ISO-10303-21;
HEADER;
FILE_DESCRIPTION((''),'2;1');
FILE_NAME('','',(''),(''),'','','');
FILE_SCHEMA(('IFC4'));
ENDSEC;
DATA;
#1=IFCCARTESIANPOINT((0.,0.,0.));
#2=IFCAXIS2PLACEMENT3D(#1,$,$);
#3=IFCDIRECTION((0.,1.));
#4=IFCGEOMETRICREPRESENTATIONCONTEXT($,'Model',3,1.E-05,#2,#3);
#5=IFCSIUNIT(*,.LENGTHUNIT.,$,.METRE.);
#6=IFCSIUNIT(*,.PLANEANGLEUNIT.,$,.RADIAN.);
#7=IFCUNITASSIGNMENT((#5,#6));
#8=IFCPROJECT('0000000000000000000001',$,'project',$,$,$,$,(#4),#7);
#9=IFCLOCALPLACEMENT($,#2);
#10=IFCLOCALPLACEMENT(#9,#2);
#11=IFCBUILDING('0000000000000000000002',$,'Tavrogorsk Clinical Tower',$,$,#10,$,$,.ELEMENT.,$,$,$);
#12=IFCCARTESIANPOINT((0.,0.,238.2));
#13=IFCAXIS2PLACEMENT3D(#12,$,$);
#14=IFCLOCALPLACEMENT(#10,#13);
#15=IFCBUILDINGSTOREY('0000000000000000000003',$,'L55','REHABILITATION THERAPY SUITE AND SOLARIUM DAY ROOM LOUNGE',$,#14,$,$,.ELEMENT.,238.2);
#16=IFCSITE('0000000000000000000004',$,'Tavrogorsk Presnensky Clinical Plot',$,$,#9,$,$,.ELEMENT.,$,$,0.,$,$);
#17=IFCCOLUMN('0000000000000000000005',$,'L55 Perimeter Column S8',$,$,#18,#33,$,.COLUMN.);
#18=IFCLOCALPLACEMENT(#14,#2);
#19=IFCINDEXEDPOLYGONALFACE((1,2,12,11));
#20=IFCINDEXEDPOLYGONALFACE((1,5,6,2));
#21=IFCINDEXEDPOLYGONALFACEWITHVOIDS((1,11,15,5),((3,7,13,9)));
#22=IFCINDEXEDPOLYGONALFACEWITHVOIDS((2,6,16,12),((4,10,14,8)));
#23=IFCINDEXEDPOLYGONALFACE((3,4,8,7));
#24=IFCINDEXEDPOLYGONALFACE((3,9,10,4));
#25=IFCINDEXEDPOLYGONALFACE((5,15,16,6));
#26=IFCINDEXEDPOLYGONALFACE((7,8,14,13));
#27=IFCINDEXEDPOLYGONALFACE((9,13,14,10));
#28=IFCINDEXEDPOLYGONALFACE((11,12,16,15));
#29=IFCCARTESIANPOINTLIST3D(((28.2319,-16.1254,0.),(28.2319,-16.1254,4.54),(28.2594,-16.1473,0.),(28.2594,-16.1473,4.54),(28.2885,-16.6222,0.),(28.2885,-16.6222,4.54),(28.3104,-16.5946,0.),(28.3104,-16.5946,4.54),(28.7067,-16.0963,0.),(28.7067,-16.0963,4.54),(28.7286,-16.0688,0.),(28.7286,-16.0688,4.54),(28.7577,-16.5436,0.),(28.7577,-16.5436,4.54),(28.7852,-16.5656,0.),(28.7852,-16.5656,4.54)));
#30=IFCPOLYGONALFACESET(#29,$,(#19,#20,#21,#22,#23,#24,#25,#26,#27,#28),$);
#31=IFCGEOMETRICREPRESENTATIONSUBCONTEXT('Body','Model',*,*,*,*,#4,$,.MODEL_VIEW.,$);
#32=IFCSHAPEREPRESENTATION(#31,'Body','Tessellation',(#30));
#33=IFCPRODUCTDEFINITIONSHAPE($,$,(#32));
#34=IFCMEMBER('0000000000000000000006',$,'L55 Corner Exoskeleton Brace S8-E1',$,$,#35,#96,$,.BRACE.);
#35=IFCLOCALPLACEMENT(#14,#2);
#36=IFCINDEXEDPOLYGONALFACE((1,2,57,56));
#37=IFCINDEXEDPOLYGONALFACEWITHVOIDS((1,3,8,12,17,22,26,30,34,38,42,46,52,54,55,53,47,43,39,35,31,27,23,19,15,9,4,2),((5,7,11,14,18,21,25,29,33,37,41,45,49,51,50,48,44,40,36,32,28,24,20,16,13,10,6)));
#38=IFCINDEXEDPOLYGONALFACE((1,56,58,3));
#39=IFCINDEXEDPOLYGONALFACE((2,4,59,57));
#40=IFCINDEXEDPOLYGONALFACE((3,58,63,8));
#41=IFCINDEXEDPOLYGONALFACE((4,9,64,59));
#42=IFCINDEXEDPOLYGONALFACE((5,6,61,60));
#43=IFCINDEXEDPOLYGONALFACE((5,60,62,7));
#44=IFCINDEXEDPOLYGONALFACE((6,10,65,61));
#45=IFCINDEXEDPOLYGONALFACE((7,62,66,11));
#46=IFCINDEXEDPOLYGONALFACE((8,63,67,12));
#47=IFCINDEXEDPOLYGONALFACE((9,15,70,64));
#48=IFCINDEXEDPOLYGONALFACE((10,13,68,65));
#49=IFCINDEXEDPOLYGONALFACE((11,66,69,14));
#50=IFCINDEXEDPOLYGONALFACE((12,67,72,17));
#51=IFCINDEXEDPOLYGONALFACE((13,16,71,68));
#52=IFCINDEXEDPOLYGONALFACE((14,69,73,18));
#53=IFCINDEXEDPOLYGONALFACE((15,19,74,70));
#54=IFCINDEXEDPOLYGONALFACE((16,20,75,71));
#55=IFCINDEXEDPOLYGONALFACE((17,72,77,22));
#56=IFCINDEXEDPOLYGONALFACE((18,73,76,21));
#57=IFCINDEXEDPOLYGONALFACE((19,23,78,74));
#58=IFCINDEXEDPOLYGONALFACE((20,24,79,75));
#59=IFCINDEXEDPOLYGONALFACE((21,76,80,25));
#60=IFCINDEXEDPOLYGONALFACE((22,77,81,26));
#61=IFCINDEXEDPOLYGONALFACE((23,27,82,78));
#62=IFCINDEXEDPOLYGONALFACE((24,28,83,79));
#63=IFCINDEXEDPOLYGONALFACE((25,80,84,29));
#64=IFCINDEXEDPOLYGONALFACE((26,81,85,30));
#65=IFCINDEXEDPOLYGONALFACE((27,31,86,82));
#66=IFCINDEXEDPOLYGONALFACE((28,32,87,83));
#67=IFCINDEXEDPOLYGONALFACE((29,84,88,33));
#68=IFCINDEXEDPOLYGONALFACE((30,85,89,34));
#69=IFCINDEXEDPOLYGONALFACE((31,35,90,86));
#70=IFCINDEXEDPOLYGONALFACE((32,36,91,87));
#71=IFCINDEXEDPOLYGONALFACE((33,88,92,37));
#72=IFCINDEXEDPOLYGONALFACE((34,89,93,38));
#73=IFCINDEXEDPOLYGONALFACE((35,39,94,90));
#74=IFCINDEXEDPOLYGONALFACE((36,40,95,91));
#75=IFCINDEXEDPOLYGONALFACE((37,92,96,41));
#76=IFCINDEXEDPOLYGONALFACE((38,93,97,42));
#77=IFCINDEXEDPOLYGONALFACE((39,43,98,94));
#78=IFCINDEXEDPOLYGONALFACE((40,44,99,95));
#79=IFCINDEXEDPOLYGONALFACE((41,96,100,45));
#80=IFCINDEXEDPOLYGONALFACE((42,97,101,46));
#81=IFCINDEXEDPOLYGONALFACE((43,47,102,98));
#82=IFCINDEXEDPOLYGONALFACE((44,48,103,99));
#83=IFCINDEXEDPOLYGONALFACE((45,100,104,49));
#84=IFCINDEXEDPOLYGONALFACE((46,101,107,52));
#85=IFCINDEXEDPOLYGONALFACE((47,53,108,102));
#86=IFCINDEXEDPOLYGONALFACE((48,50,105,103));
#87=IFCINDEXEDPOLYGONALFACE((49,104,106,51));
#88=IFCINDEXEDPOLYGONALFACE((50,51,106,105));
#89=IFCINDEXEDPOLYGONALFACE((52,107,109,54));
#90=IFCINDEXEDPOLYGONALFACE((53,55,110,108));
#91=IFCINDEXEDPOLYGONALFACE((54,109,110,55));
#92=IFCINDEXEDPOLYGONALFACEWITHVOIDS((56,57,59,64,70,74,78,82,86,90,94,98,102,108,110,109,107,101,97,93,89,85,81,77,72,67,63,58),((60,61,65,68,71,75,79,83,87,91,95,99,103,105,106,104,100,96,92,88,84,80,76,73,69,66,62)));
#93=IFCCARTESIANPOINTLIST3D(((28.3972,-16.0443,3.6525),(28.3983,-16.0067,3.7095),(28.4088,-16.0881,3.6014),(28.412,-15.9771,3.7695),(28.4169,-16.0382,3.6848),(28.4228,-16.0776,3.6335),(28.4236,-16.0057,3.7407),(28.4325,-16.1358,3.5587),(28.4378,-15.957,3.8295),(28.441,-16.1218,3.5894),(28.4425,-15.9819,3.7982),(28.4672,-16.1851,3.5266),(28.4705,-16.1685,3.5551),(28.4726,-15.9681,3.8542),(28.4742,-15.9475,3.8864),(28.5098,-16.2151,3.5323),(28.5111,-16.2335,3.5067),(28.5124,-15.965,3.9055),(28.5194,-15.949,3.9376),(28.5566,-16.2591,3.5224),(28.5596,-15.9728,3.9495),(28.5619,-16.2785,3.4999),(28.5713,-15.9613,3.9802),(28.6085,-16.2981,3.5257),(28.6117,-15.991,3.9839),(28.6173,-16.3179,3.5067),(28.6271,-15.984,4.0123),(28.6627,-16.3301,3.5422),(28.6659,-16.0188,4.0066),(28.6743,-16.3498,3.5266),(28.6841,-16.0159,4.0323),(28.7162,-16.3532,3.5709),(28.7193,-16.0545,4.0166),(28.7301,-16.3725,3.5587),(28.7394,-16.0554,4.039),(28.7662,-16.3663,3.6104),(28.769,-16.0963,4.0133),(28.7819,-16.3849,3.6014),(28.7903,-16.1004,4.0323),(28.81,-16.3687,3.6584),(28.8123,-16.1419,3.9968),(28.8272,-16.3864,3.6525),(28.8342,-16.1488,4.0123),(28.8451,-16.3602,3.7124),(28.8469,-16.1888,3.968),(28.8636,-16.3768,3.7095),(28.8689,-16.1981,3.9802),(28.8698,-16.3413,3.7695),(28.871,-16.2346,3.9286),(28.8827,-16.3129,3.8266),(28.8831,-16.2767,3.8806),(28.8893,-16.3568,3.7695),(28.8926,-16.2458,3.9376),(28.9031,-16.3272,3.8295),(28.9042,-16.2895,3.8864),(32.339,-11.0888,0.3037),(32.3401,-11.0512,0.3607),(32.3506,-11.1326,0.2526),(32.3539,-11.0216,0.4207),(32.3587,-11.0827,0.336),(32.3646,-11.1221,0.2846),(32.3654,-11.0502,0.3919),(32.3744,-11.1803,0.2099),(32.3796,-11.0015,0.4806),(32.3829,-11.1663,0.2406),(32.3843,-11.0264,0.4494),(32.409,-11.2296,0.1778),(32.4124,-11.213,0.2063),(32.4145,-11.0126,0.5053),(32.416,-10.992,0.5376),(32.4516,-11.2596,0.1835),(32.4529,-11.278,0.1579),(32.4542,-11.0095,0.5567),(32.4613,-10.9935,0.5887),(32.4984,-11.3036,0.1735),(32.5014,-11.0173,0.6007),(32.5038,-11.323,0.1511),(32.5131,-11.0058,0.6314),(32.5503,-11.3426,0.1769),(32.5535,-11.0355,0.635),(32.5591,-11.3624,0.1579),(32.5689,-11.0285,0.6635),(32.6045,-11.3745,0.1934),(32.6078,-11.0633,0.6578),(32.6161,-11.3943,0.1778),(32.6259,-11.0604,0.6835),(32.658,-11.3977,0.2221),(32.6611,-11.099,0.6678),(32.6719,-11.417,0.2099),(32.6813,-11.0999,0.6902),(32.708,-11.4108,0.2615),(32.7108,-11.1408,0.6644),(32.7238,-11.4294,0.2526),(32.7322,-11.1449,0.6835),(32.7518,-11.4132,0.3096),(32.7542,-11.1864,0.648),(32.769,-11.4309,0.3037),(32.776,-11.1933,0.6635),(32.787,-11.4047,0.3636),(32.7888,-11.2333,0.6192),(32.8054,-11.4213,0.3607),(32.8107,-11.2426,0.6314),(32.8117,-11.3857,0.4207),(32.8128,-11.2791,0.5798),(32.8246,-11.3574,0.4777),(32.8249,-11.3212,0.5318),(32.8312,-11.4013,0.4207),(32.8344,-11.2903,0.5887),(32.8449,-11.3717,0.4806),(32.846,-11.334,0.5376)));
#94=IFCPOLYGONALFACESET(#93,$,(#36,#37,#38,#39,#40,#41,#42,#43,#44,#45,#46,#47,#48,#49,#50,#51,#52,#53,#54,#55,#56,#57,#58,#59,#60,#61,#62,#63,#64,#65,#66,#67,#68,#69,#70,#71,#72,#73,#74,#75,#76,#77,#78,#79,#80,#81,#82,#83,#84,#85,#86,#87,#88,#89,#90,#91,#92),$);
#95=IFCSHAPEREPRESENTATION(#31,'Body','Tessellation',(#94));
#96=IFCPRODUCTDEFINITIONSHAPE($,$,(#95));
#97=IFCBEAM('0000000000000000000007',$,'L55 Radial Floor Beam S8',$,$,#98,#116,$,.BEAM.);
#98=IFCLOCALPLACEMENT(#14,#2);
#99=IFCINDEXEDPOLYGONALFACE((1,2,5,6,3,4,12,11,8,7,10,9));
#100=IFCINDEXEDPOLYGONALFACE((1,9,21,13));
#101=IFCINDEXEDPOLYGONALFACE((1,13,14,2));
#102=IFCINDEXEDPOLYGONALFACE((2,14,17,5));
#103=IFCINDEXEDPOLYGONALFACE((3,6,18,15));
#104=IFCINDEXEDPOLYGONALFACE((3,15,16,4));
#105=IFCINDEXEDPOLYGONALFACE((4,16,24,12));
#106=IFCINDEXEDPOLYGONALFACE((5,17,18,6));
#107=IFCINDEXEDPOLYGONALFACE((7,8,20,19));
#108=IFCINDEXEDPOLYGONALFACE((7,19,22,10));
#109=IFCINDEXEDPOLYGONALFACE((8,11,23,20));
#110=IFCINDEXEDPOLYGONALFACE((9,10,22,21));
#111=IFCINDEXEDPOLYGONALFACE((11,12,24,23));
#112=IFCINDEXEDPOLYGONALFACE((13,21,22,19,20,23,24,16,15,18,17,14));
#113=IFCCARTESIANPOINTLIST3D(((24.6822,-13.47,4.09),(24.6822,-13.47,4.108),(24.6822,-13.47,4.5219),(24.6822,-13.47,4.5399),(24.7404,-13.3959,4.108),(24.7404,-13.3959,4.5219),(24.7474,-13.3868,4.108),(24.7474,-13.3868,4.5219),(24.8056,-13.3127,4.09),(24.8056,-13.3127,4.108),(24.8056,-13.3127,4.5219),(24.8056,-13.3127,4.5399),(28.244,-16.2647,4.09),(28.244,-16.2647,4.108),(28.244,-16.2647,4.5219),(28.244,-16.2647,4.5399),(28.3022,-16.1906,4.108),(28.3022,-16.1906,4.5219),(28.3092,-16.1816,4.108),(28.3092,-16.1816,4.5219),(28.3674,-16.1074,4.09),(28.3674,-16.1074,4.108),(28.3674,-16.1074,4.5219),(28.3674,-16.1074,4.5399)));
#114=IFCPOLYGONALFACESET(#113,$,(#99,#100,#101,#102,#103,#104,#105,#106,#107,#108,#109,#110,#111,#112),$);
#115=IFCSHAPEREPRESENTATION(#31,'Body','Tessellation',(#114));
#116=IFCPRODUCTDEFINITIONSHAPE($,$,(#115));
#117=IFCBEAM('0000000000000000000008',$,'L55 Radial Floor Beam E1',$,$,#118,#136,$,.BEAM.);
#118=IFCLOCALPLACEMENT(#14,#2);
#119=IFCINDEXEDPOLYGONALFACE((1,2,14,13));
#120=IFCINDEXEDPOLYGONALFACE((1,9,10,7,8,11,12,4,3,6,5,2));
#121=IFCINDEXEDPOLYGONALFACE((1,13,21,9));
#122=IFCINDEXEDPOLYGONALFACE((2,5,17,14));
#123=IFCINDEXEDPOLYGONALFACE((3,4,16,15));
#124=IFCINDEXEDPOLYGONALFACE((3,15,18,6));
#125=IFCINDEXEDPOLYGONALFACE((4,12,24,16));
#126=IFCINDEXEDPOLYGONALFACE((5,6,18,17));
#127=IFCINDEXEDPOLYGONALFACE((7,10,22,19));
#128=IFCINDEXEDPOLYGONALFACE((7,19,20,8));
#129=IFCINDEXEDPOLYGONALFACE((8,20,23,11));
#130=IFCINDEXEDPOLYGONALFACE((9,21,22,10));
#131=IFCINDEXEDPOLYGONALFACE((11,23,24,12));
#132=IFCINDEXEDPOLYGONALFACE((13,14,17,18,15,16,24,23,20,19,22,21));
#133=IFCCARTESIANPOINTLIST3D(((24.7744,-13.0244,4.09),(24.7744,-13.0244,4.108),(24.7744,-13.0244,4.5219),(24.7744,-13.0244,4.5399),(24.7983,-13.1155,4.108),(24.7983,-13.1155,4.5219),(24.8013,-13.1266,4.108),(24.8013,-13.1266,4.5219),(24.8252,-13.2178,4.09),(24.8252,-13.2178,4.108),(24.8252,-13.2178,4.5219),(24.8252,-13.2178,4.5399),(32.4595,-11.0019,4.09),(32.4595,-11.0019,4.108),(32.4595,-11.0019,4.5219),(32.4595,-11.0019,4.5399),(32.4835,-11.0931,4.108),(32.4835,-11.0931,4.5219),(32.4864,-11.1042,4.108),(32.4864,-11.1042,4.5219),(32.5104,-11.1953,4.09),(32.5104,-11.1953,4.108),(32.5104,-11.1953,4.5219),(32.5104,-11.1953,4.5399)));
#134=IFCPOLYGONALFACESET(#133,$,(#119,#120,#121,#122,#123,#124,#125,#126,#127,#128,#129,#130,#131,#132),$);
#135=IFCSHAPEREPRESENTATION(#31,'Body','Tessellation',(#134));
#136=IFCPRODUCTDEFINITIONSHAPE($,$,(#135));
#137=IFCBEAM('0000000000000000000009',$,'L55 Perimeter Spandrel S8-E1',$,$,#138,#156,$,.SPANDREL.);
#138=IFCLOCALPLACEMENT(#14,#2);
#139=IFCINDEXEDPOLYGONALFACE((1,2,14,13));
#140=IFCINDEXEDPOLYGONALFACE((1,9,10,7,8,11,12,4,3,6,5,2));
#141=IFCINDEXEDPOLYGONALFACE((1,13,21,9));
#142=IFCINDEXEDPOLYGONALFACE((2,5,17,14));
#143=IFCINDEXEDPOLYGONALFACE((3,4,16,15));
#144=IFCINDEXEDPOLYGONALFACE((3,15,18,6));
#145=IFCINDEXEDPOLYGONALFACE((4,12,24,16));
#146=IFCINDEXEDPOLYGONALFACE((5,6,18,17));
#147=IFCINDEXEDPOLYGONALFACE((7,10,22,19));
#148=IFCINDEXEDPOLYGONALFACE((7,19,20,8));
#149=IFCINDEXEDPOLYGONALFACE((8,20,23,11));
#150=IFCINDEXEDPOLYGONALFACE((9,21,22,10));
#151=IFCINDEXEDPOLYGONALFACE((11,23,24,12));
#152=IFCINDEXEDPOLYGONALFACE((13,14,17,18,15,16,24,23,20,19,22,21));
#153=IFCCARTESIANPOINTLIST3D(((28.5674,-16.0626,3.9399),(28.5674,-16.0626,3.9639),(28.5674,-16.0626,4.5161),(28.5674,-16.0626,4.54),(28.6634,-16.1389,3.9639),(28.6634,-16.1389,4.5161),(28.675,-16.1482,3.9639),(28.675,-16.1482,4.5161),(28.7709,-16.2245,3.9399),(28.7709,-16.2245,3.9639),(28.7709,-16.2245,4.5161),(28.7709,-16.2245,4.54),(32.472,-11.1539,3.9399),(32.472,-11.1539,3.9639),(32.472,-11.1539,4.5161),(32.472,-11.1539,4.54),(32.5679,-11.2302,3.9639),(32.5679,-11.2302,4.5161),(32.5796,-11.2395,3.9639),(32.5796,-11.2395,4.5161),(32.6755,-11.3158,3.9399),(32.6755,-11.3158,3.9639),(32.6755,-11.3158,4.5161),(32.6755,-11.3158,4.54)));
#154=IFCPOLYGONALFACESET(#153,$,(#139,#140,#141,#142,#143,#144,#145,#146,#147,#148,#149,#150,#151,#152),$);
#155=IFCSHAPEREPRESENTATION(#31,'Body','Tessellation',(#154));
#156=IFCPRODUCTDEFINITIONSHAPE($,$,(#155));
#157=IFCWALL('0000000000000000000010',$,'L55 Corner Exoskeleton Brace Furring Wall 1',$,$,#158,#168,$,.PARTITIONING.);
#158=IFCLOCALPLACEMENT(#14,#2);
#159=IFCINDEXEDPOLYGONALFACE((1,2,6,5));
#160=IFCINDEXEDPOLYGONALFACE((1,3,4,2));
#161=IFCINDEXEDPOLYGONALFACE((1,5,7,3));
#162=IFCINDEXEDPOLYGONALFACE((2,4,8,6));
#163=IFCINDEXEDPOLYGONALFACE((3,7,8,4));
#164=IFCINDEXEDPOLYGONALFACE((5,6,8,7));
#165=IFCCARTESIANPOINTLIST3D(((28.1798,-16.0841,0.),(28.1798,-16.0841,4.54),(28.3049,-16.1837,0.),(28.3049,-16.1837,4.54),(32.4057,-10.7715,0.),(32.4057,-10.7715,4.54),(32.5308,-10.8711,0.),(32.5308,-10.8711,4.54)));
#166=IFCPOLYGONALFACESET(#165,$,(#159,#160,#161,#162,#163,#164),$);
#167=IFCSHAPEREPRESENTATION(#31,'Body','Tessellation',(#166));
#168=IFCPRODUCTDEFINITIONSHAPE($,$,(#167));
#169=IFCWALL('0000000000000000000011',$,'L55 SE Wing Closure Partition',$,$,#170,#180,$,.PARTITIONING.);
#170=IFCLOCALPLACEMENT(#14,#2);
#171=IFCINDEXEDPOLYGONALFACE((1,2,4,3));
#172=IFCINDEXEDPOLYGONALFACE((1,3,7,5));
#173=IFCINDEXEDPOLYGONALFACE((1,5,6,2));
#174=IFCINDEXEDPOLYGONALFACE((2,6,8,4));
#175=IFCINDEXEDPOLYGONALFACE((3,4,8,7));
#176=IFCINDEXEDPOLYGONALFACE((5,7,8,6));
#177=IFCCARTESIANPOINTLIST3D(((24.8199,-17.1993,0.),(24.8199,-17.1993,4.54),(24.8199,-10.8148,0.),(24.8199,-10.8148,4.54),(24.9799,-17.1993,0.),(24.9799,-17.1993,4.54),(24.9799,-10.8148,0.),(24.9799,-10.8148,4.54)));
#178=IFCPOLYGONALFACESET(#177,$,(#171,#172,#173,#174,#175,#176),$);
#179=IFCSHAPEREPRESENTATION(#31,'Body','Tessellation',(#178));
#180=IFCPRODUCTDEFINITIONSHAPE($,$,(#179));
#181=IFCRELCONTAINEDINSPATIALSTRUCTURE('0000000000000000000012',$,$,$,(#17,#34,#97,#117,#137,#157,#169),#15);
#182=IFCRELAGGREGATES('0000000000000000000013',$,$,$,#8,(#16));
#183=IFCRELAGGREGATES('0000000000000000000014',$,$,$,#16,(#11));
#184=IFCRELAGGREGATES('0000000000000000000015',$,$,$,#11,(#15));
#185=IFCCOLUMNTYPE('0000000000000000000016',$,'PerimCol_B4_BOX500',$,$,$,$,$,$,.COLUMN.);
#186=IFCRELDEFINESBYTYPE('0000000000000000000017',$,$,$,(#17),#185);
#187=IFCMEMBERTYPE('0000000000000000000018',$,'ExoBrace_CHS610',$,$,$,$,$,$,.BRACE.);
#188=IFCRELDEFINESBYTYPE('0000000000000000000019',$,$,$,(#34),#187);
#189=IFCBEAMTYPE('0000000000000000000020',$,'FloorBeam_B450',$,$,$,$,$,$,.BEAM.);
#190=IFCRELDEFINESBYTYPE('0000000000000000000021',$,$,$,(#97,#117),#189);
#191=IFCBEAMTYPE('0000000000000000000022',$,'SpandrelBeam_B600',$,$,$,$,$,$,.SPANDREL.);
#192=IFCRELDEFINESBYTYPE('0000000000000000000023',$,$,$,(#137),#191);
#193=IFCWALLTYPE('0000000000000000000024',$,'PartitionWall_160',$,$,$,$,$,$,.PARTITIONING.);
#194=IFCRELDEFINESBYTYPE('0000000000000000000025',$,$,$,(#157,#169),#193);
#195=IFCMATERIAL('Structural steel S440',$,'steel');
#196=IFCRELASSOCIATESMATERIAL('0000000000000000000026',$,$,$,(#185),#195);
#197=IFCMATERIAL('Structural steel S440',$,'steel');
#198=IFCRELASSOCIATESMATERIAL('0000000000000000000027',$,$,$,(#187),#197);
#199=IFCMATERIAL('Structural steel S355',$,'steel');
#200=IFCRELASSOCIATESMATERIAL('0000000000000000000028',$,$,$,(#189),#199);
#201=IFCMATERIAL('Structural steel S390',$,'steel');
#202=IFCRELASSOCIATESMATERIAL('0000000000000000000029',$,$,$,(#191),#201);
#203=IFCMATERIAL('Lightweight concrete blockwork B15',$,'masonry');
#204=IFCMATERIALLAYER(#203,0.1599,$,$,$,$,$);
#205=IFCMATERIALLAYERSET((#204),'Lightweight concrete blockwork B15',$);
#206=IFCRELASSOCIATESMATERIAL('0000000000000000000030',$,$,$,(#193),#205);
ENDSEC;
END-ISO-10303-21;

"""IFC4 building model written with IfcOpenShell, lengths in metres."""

from ifc_helpers import new_model, si_unit, direction, frame, frame_2d, origin, origin_2d, place, context, subcontext, project, spatial, rectangle, hollow_rectangle, hollow_circle, i_section, extrude, material, layer, layer_set, material_profile, profile_set, type_object, element, save


model = new_model("IFC4")

# Units and contexts
model_context = context("Model", 3, precision=1e-05, world=origin(), true_north=direction((0.0, 1.0)))
body_context = subcontext(model_context, "Body", "Model", "MODEL_VIEW")
ifc_project = project(units=[si_unit("LENGTHUNIT", "METRE"), si_unit("PLANEANGLEUNIT", "RADIAN")], contexts=[model_context])

# Site, building, storey
site_placement = place(None, origin())
site = spatial("IfcSite", under=ifc_project, at=site_placement, Name="Tavrogorsk Presnensky Clinical Plot", CompositionType="ELEMENT", RefElevation=0.0)
building_placement = place(site_placement, origin())
building = spatial("IfcBuilding", under=site, at=building_placement, Name="Tavrogorsk Clinical Tower", CompositionType="ELEMENT")
storey_placement = place(building_placement, frame((0.0, 0.0, 238.2)))
storey = spatial("IfcBuildingStorey", under=building, at=storey_placement, Name="L55", Description="REHABILITATION THERAPY SUITE AND SOLARIUM DAY ROOM LOUNGE", CompositionType="ELEMENT", Elevation=238.2)

# Column
ifc_material_1 = material(Name="Structural steel S440", Category="steel")
ifc_material_profile_1 = material_profile(ifc_material_1, hollow_rectangle(XDim=0.5, YDim=0.5, WallThickness=0.0249, at=origin_2d()), Name="BOX-500x500x25")
ifc_profile_set_1 = profile_set([ifc_material_profile_1], Name="Structural steel S440")
column_type = type_object("IfcColumnType", Name="PerimCol_B4_BOX500", PredefinedType="COLUMN", material=ifc_profile_set_1)
column_placement = place(storey_placement, frame((28.5085, -16.3455, 0.0), z_axis=(0.0, 0.0, 1.0), x_axis=(0.993572, 0.113203, 0.0)))
element("IfcColumn", 1, at=column_placement, inside=storey, type_object=column_type, Name="L55 Perimeter Column S8", PredefinedType="COLUMN", context=body_context, shape_type="SweptSolid", body=[
    extrude(hollow_rectangle(XDim=0.5, YDim=0.5, WallThickness=0.0249, at=origin_2d()), origin(), (0.0, 0.0, 1.0), 4.54),
])

# Member
ifc_material_2 = material(Name="Structural steel S440", Category="steel")
ifc_material_profile_2 = material_profile(ifc_material_2, hollow_circle(Radius=0.3049, WallThickness=0.0249, at=origin_2d()), Name="CHS-610x25")
ifc_profile_set_2 = profile_set([ifc_material_profile_2], Name="Structural steel S440")
member_type = type_object("IfcMemberType", Name="ExoBrace_CHS610", PredefinedType="BRACE", material=ifc_profile_set_2)
member_placement = place(storey_placement, frame((32.5925, -11.2114, 0.4207), z_axis=(-0.5503, -0.691811, 0.467513), x_axis=(0.782604, -0.62252, 0.0)))
element("IfcMember", 2, at=member_placement, inside=storey, type_object=member_type, Name="L55 Corner Exoskeleton Brace S8-E1", PredefinedType="BRACE", context=body_context, shape_type="SweptSolid", body=[
    extrude(hollow_circle(Radius=0.3049, WallThickness=0.0249, at=origin_2d()), origin(), (0.0, 0.0, 1.0), 7.1631),
])

# Beams
ifc_material_3 = material(Name="Structural steel S355", Category="steel")
ifc_material_profile_3 = material_profile(ifc_material_3, i_section(OverallWidth=0.2, OverallDepth=0.45, WebThickness=0.0115, FlangeThickness=0.0181, at=origin_2d()), Name="B-450x200x11.5x18")
ifc_profile_set_3 = profile_set([ifc_material_profile_3], Name="Structural steel S355")
beam_type_1 = type_object("IfcBeamType", Name="FloorBeam_B450", PredefinedType="BEAM", material=ifc_profile_set_3)
beam_1_placement = place(storey_placement, frame((24.7439, -13.3914, 4.3149), z_axis=(0.786732, -0.617295, 0.0), x_axis=(0.617295, 0.786732, 0.0)))
element("IfcBeam", 3, at=beam_1_placement, inside=storey, type_object=beam_type_1, Name="L55 Radial Floor Beam S8", PredefinedType="BEAM", context=body_context, shape_type="SweptSolid", body=[
    extrude(i_section(OverallWidth=0.2, OverallDepth=0.45, WebThickness=0.0115, FlangeThickness=0.0181, at=origin_2d()), origin(), (0.0, 0.0, 1.0), 4.5273),
])
beam_2_placement = place(storey_placement, frame((24.7998, -13.1211, 4.3149), z_axis=(0.967072, 0.254502, 0.0), x_axis=(-0.254502, 0.967072, 0.0)))
element("IfcBeam", 4, at=beam_2_placement, inside=storey, type_object=beam_type_1, Name="L55 Radial Floor Beam E1", PredefinedType="BEAM", context=body_context, shape_type="SweptSolid", body=[
    extrude(i_section(OverallWidth=0.2, OverallDepth=0.45, WebThickness=0.0115, FlangeThickness=0.0181, at=origin_2d()), origin(), (0.0, 0.0, 1.0), 7.9468),
])
ifc_material_4 = material(Name="Structural steel S390", Category="steel")
ifc_material_profile_4 = material_profile(ifc_material_4, i_section(OverallWidth=0.26, OverallDepth=0.6001, WebThickness=0.0149, FlangeThickness=0.0239, at=origin_2d()), Name="B-600x260x15x24")
ifc_profile_set_4 = profile_set([ifc_material_profile_4], Name="Structural steel S390")
beam_type_2 = type_object("IfcBeamType", Name="SpandrelBeam_B600", PredefinedType="SPANDREL", material=ifc_profile_set_4)
beam_3_placement = place(storey_placement, frame((28.6692, -16.1436, 4.24), z_axis=(0.622514, 0.782609, 0.0), x_axis=(-0.782609, 0.622514, 0.0)))
element("IfcBeam", 5, at=beam_3_placement, inside=storey, type_object=beam_type_2, Name="L55 Perimeter Spandrel S8-E1", PredefinedType="SPANDREL", context=body_context, shape_type="SweptSolid", body=[
    extrude(i_section(OverallWidth=0.26, OverallDepth=0.6001, WebThickness=0.0149, FlangeThickness=0.0239, at=origin_2d()), origin(), (0.0, 0.0, 1.0), 6.2722),
])

# Walls
ifc_material_5 = material(Name="Lightweight concrete blockwork B15", Category="masonry")
ifc_layer_1 = layer(ifc_material_5, 0.1599)
ifc_layer_set_1 = layer_set([ifc_layer_1], Name="Lightweight concrete blockwork B15")
wall_type_1 = type_object("IfcWallType", Name="PartitionWall_160", PredefinedType="PARTITIONING", material=ifc_layer_set_1)
wall_1_placement = place(storey_placement, frame((28.2424, -16.1338, 0.0), z_axis=(0.0, 0.0, 1.0), x_axis=(0.622522, 0.782603, 0.0)))
element("IfcWall", 6, at=wall_1_placement, inside=storey, type_object=wall_type_1, Name="L55 Corner Exoskeleton Brace Furring Wall 1", PredefinedType="PARTITIONING", context=body_context, shape_type="SweptSolid", body=[
    extrude(rectangle(XDim=6.7883, YDim=0.1599, at=frame_2d((3.394, 0.0))), origin(), (0.0, 0.0, 1.0), 4.54),
])
wall_2_placement = place(storey_placement, frame((24.8999, -17.1995, 0.0), z_axis=(0.0, 0.0, 1.0), x_axis=(0.0, 1.0, 0.0)))
element("IfcWall", 7, at=wall_2_placement, inside=storey, type_object=wall_type_1, Name="L55 SE Wing Closure Partition", PredefinedType="PARTITIONING", context=body_context, shape_type="SweptSolid", body=[
    extrude(rectangle(XDim=6.3845, YDim=0.1599, at=frame_2d((3.1924, 0.0))), origin(), (0.0, 0.0, 1.0), 4.54),
])

save(model, "model.ifc")
